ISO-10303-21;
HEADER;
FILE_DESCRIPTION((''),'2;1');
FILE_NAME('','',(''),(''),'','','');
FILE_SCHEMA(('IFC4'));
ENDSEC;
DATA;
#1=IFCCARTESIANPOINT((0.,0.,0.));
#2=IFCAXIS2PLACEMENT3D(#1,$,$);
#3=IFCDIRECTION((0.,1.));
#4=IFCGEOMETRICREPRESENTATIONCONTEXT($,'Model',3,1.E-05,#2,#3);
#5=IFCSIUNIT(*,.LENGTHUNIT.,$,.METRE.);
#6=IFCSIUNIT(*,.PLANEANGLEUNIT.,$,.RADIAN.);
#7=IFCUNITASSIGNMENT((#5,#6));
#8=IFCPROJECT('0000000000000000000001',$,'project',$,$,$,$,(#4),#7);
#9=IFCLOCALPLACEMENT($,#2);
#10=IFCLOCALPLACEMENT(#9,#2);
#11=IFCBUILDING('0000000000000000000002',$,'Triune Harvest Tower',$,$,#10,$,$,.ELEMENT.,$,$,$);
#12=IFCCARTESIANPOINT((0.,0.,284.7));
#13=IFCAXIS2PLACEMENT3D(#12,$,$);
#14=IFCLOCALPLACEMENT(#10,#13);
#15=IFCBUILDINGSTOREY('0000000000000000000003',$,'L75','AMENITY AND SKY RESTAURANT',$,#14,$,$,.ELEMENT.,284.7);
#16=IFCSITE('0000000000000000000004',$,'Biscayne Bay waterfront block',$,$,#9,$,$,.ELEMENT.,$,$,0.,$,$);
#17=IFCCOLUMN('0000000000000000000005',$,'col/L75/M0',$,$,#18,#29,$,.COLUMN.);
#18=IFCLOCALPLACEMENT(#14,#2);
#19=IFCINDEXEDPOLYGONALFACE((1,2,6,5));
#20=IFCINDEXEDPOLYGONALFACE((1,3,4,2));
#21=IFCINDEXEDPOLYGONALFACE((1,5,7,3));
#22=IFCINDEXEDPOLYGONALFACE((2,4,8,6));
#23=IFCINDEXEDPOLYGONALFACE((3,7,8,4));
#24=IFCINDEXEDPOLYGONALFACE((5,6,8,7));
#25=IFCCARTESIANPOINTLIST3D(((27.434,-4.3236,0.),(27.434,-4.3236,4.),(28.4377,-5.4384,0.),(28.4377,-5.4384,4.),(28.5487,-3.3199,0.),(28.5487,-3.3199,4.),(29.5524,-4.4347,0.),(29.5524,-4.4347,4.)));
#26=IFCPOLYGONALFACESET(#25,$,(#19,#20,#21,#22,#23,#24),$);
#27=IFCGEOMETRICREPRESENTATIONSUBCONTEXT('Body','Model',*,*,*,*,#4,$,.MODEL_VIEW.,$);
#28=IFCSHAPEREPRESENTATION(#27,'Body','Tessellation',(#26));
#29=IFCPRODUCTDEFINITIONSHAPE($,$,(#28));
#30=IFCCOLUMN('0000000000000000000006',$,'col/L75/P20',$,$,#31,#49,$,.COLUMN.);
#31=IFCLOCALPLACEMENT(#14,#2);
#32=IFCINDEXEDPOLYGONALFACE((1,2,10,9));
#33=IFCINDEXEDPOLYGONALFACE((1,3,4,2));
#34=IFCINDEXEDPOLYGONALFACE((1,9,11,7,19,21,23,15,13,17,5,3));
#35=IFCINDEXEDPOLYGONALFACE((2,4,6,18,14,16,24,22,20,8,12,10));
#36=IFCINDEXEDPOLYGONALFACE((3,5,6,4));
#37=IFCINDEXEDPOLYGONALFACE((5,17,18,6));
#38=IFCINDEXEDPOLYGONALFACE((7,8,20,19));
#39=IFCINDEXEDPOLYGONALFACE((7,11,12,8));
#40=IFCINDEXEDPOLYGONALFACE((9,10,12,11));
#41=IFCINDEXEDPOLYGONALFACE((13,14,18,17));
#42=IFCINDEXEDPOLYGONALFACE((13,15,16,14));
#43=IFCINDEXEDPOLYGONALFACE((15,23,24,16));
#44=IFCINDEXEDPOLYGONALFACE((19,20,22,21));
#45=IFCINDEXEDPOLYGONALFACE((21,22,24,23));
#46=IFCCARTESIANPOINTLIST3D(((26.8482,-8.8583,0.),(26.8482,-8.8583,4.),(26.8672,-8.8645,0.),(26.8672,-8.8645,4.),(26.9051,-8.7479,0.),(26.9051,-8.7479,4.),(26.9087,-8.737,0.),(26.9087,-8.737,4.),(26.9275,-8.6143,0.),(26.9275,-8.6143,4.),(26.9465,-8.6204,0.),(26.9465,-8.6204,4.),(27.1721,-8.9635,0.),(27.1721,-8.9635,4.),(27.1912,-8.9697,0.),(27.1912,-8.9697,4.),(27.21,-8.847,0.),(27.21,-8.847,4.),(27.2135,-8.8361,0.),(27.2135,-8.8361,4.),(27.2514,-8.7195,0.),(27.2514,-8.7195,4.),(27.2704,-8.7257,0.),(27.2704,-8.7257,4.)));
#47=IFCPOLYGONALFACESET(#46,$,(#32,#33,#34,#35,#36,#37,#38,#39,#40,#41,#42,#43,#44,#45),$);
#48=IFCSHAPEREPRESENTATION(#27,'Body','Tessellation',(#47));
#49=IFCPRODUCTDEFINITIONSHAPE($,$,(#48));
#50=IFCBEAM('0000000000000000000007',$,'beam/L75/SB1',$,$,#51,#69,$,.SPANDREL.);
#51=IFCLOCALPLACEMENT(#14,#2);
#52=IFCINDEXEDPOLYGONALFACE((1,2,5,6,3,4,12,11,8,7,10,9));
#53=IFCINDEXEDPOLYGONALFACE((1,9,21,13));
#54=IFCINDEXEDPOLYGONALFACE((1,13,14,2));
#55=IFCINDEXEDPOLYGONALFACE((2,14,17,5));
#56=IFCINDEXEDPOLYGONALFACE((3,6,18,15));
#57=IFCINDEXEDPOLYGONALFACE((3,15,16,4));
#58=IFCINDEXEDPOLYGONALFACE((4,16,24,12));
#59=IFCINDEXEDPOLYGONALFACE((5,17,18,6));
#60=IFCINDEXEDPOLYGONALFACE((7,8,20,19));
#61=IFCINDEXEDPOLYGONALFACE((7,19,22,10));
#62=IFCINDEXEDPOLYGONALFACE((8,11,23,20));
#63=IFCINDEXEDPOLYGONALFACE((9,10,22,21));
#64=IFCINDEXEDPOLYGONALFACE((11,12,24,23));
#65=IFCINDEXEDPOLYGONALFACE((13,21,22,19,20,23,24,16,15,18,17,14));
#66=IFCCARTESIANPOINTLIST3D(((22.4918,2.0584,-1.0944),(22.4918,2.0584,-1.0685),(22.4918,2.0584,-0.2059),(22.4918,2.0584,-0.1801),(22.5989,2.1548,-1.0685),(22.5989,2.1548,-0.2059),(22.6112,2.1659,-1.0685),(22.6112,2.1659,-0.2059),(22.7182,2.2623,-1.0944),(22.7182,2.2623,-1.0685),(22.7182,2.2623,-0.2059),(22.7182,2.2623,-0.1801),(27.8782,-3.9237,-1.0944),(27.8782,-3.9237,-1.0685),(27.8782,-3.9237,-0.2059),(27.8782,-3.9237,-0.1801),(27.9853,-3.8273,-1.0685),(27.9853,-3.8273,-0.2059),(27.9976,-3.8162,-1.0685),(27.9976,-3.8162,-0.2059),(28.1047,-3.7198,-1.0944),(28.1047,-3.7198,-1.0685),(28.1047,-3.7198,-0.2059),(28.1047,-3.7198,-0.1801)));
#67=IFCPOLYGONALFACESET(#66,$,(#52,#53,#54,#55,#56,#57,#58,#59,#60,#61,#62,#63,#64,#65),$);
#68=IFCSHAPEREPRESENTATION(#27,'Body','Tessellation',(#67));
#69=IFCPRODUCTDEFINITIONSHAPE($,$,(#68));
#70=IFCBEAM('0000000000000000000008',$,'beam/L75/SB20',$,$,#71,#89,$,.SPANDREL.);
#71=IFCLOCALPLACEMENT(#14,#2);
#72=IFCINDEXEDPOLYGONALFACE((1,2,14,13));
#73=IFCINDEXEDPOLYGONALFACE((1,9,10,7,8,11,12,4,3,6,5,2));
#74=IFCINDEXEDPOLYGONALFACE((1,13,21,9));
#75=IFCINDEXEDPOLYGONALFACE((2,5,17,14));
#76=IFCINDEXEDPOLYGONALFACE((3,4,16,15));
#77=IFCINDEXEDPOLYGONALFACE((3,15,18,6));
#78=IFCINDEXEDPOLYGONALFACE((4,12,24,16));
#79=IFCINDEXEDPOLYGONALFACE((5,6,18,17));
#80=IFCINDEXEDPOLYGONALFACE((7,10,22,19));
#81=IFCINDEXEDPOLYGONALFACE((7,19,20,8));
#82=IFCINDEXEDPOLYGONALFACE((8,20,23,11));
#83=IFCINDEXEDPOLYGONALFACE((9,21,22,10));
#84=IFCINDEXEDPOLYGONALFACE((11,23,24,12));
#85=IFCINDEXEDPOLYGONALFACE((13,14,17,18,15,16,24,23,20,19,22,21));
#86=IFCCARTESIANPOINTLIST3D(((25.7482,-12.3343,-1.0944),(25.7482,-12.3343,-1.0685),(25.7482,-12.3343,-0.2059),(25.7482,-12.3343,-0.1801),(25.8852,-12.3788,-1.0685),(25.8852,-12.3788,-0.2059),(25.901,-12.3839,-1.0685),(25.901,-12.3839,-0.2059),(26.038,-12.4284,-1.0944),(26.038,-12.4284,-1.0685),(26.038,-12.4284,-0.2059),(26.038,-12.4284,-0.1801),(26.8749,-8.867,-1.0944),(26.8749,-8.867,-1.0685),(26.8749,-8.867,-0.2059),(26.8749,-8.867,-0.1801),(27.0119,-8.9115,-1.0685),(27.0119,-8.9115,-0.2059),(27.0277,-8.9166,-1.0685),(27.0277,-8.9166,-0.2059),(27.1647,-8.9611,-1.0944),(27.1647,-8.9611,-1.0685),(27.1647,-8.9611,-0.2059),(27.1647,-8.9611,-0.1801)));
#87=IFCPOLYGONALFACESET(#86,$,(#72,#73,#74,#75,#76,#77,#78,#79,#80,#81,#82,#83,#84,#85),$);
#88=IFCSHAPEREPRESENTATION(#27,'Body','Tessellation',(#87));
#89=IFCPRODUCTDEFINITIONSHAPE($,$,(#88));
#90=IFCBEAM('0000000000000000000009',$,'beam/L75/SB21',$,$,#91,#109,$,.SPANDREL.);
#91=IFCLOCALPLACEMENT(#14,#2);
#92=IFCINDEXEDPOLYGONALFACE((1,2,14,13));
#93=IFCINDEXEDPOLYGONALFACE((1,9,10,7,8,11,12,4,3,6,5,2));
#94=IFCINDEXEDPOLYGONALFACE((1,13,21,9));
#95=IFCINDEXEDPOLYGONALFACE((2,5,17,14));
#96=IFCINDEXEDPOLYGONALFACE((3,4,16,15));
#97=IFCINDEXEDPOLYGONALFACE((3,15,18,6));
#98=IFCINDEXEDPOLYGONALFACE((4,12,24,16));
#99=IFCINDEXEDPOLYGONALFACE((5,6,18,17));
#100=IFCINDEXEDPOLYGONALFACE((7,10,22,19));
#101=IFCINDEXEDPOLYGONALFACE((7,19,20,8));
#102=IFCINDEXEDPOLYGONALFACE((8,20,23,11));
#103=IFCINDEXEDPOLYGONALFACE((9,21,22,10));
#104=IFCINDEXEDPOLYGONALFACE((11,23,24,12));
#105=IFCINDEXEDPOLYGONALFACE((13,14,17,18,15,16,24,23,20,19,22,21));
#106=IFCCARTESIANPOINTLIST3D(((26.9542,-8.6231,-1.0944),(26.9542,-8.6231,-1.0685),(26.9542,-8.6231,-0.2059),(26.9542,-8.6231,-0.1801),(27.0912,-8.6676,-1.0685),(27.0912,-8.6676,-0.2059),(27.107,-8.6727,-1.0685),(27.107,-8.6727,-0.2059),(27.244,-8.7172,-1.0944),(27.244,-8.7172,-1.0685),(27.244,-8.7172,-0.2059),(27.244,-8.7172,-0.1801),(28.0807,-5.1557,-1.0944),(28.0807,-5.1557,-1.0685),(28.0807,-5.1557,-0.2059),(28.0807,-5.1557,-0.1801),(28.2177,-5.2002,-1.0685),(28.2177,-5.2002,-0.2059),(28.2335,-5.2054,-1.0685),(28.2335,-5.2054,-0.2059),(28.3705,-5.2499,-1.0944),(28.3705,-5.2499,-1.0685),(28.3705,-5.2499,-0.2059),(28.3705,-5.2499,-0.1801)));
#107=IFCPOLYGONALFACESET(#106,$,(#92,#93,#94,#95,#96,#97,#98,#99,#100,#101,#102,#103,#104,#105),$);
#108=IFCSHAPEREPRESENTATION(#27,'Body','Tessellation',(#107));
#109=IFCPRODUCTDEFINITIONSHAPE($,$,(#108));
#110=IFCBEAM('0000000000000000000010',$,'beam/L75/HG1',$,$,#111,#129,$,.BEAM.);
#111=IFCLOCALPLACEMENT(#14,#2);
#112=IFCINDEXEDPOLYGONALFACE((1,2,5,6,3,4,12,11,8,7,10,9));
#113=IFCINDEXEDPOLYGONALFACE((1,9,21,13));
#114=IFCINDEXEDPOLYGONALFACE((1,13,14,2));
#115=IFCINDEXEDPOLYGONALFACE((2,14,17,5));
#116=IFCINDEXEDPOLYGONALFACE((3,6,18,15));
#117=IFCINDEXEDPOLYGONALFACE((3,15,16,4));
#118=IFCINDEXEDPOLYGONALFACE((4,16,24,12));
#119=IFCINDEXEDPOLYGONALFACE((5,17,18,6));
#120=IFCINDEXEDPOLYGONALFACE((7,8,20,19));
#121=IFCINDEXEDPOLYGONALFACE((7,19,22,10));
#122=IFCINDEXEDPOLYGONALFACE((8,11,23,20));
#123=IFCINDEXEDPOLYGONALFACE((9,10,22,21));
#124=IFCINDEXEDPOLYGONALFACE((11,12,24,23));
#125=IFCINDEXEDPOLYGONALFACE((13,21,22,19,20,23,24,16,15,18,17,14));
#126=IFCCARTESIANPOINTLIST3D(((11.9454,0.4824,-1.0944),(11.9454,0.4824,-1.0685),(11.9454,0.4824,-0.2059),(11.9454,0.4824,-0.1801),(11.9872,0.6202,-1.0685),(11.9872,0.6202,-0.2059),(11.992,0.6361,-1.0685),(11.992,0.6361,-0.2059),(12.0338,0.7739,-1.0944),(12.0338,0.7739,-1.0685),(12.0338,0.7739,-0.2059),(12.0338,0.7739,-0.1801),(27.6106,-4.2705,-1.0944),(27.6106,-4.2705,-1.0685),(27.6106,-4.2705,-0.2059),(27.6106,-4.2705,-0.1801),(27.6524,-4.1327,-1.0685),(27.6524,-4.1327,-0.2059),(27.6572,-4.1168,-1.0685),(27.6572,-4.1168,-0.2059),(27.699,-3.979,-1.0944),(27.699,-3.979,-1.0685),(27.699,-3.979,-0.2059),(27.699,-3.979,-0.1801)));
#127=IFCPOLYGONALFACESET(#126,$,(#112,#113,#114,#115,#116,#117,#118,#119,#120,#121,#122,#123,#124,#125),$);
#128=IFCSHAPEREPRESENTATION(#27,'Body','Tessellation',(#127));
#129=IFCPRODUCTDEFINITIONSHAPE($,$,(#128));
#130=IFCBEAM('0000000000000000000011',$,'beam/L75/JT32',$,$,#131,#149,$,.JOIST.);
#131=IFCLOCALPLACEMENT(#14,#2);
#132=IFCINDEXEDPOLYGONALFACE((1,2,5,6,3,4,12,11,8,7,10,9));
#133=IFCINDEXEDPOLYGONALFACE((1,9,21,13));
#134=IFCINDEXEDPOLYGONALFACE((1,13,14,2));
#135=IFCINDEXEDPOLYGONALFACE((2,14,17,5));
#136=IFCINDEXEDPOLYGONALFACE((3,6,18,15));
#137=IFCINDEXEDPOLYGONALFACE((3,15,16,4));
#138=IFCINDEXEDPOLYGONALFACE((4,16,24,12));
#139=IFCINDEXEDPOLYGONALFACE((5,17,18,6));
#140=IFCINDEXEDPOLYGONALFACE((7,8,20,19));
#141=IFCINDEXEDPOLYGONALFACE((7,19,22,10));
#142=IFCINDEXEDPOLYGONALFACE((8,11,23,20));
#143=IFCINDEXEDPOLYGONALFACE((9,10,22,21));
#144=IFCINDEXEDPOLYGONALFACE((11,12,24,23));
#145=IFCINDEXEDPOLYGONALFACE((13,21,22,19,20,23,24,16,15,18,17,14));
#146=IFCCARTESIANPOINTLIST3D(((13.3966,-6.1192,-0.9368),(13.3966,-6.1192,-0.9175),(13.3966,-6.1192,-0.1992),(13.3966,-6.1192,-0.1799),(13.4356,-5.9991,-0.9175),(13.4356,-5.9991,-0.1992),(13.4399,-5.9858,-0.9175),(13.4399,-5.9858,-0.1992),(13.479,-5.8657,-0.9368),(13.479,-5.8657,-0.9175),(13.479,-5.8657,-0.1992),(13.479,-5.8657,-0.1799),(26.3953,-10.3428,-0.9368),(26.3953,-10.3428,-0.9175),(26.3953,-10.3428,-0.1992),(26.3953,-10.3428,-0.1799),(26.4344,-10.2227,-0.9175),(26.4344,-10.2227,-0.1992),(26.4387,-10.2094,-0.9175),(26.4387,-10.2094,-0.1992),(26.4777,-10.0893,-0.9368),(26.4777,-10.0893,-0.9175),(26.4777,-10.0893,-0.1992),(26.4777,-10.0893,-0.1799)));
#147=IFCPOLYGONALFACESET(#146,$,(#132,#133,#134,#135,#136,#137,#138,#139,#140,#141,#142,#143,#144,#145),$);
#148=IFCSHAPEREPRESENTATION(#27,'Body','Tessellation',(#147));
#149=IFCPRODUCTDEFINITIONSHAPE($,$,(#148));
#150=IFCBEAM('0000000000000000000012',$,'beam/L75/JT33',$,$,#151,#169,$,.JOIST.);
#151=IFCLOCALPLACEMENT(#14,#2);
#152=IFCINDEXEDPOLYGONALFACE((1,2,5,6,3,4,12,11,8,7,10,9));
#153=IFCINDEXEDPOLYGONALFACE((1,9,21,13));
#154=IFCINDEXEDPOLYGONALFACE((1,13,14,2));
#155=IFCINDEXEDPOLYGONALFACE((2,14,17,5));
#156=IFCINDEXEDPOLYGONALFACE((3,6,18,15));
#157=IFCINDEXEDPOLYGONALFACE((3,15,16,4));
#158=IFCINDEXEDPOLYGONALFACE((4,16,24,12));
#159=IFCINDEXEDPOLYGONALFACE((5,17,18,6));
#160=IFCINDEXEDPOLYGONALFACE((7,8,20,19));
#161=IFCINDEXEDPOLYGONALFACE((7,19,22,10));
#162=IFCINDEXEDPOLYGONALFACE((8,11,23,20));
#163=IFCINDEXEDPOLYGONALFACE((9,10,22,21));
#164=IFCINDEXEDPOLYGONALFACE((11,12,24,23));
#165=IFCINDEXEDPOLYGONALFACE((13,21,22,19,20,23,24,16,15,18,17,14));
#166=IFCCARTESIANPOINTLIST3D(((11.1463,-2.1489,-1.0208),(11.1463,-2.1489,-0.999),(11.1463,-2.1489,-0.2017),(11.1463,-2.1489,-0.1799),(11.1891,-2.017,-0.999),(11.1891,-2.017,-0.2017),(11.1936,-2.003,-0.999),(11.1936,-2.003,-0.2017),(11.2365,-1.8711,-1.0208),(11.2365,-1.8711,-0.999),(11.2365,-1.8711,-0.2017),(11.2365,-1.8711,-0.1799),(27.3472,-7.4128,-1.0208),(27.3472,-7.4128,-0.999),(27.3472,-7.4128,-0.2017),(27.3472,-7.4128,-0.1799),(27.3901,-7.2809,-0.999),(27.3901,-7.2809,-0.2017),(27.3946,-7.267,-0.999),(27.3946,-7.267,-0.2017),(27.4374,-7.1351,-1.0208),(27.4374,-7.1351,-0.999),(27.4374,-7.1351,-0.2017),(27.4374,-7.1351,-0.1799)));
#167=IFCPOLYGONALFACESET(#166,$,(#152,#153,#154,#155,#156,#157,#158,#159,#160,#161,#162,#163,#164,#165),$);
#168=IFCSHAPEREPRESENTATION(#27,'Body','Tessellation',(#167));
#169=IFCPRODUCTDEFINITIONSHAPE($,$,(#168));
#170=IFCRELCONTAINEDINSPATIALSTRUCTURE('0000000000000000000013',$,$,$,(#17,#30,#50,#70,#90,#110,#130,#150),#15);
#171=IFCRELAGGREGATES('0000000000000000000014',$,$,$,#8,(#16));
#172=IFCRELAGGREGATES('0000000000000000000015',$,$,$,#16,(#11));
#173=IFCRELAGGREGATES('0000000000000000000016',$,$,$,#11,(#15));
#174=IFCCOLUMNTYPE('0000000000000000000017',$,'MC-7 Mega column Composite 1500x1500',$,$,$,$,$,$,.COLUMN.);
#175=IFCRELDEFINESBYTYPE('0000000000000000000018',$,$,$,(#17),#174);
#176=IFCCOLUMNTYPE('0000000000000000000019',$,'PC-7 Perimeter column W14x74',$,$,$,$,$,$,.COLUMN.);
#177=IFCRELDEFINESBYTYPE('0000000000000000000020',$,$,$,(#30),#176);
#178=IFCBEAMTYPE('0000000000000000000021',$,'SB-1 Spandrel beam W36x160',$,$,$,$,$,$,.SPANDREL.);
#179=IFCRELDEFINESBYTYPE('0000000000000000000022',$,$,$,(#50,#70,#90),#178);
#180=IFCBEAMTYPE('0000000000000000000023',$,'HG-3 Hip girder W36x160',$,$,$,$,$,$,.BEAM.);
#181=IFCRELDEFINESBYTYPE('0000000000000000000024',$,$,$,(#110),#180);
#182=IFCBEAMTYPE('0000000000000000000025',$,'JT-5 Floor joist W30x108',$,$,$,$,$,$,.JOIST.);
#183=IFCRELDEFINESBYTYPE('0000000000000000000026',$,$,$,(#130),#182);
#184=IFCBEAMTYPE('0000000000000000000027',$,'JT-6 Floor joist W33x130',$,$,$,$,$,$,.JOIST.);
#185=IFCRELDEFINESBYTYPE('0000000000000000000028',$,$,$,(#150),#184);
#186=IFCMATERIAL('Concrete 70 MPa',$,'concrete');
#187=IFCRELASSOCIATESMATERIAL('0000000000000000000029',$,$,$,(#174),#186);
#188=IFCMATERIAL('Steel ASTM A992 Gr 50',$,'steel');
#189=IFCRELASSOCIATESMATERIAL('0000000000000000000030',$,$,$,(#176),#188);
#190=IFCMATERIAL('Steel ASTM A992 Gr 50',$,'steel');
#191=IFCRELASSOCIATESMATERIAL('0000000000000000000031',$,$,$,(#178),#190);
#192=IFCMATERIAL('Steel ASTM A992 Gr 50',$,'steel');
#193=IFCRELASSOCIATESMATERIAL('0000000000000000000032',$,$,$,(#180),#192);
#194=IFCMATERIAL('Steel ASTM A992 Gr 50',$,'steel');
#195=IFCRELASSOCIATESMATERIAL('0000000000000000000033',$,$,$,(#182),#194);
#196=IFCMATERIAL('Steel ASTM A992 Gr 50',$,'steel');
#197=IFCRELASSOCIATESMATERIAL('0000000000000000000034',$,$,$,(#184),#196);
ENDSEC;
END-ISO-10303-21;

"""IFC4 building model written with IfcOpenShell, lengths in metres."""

from ifc_helpers import new_model, si_unit, direction, frame, origin, origin_2d, place, context, subcontext, project, spatial, rectangle, i_section, extrude, source, transform, mapped, material, material_profile, profile_set, type_object, element, save


model = new_model("IFC4")

# Units and contexts
model_context = context("Model", 3, precision=1e-05, world=origin(), true_north=direction((0.0, 1.0)))
body_context = subcontext(model_context, "Body", "Model", "MODEL_VIEW")
ifc_project = project(units=[si_unit("LENGTHUNIT", "METRE"), si_unit("PLANEANGLEUNIT", "RADIAN")], contexts=[model_context])

# Site, building, storey
site_placement = place(None, origin())
site = spatial("IfcSite", under=ifc_project, at=site_placement, Name="Biscayne Bay waterfront block", CompositionType="ELEMENT", RefElevation=0.0)
building_placement = place(site_placement, origin())
building = spatial("IfcBuilding", under=site, at=building_placement, Name="Triune Harvest Tower", CompositionType="ELEMENT")
storey_placement = place(building_placement, frame((0.0, 0.0, 284.7)))
storey = spatial("IfcBuildingStorey", under=building, at=storey_placement, Name="L75", Description="AMENITY AND SKY RESTAURANT", CompositionType="ELEMENT", Elevation=284.7)

# Columns
ifc_material_1 = material(Name="Concrete 70 MPa", Category="concrete")
ifc_material_profile_1 = material_profile(ifc_material_1, rectangle(XDim=1.5, YDim=1.5, at=origin_2d()), Name="Composite 1500x1500")
ifc_profile_set_1 = profile_set([ifc_material_profile_1], Name="Concrete 70 MPa")
column_type_1 = type_object("IfcColumnType", Name="MC-7 Mega column Composite 1500x1500", PredefinedType="COLUMN", material=ifc_profile_set_1)
shared_shape_1 = source(origin(), body_context, "Body", "SweptSolid", [
    extrude(rectangle(XDim=1.5, YDim=1.5, at=origin_2d()), origin(), (0.0, 0.0, 1.0), 4.0),
])
column_1_placement = place(storey_placement, frame((28.4932, -4.3792, 0.0), z_axis=(0.0, 0.0, 1.0), x_axis=(-0.669131, 0.743145, 0.0)))
element("IfcColumn", 1, at=column_1_placement, inside=storey, type_object=column_type_1, Name="col/L75/M0", PredefinedType="COLUMN", context=body_context, shape_type="MappedRepresentation", body=[
    mapped(shared_shape_1, transform((0.0, 0.0, 0.0), scale=1.0)),
])
ifc_material_2 = material(Name="Steel ASTM A992 Gr 50", Category="steel")
ifc_material_profile_2 = material_profile(ifc_material_2, i_section(OverallWidth=0.2566, OverallDepth=0.3606, WebThickness=0.0115, FlangeThickness=0.02, at=origin_2d()), Name="W14x74")
ifc_profile_set_2 = profile_set([ifc_material_profile_2], Name="Steel ASTM A992 Gr 50")
column_type_2 = type_object("IfcColumnType", Name="PC-7 Perimeter column W14x74", PredefinedType="COLUMN", material=ifc_profile_set_2)
shared_shape_2 = source(origin(), body_context, "Body", "SweptSolid", [
    extrude(i_section(OverallWidth=0.2566, OverallDepth=0.3606, WebThickness=0.0115, FlangeThickness=0.02, at=origin_2d()), origin(), (0.0, 0.0, 1.0), 4.0),
])
column_2_placement = place(storey_placement, frame((27.0593, -8.792, 0.0), z_axis=(0.0, 0.0, 1.0), x_axis=(0.309017, 0.951057, 0.0)))
element("IfcColumn", 2, at=column_2_placement, inside=storey, type_object=column_type_2, Name="col/L75/P20", PredefinedType="COLUMN", context=body_context, shape_type="MappedRepresentation", body=[
    mapped(shared_shape_2, transform((0.0, 0.0, 0.0), scale=1.0)),
])

# Beams
ifc_material_3 = material(Name="Steel ASTM A992 Gr 50", Category="steel")
ifc_material_profile_3 = material_profile(ifc_material_3, i_section(OverallWidth=0.3047, OverallDepth=0.9143, WebThickness=0.0166, FlangeThickness=0.0259, at=origin_2d()), Name="W36x160")
ifc_profile_set_3 = profile_set([ifc_material_profile_3], Name="Steel ASTM A992 Gr 50")
beam_type_1 = type_object("IfcBeamType", Name="SB-1 Spandrel beam W36x160", PredefinedType="SPANDREL", material=ifc_profile_set_3)
shared_shape_3 = source(origin(), body_context, "Body", "SweptSolid", [
    extrude(i_section(OverallWidth=0.3047, OverallDepth=0.9143, WebThickness=0.0166, FlangeThickness=0.0259, at=origin_2d()), origin(), (0.0, 0.0, 1.0), 8.0498),
])
beam_1_placement = place(storey_placement, frame((27.9915, -3.8218, -0.6372), z_axis=(-0.669137, 0.743139, 0.0), x_axis=(-0.743139, -0.669137, 0.0)))
element("IfcBeam", 3, at=beam_1_placement, inside=storey, type_object=beam_type_1, Name="beam/L75/SB1", PredefinedType="SPANDREL", context=body_context, shape_type="MappedRepresentation", body=[
    mapped(shared_shape_3, transform((0.0, 0.0, 0.0), scale=1.0)),
])
shared_shape_4 = source(origin(), body_context, "Body", "SweptSolid", [
    extrude(i_section(OverallWidth=0.3047, OverallDepth=0.9143, WebThickness=0.0166, FlangeThickness=0.0259, at=origin_2d()), origin(), (0.0, 0.0, 1.0), 3.6458),
])
for number, where, z_axis, x_axis, name in (
    (4, (25.8931, -12.3813, -0.6372), (0.309047, 0.951047, 0.0), (-0.951047, 0.309047, 0.0), "beam/L75/SB20"),
    (5, (27.0991, -8.6702, -0.6372), (0.308986, 0.951067, 0.0), (-0.951067, 0.308986, 0.0), "beam/L75/SB21"),
):
    element("IfcBeam", number, at=place(storey_placement, frame(where, z_axis=z_axis, x_axis=x_axis)), inside=storey, type_object=beam_type_1, Name=name, PredefinedType="SPANDREL", context=body_context, shape_type="MappedRepresentation", body=[
        mapped(shared_shape_4, transform((0.0, 0.0, 0.0), scale=1.0)),
    ])
ifc_material_4 = material(Name="Steel ASTM A992 Gr 50", Category="steel")
ifc_material_profile_4 = material_profile(ifc_material_4, i_section(OverallWidth=0.3047, OverallDepth=0.9143, WebThickness=0.0166, FlangeThickness=0.0259, at=origin_2d()), Name="W36x160")
ifc_profile_set_4 = profile_set([ifc_material_profile_4], Name="Steel ASTM A992 Gr 50")
beam_type_2 = type_object("IfcBeamType", Name="HG-3 Hip girder W36x160", PredefinedType="BEAM", material=ifc_profile_set_4)
shared_shape_5 = source(origin(), body_context, "Body", "SweptSolid", [
    extrude(i_section(OverallWidth=0.3047, OverallDepth=0.9143, WebThickness=0.0166, FlangeThickness=0.0259, at=origin_2d()), origin(), (0.0, 0.0, 1.0), 16.3704),
])
beam_2_placement = place(storey_placement, frame((27.6548, -4.1248, -0.6372), z_axis=(-0.956925, 0.290336, 0.0), x_axis=(-0.290336, -0.956925, 0.0)))
element("IfcBeam", 6, at=beam_2_placement, inside=storey, type_object=beam_type_2, Name="beam/L75/HG1", PredefinedType="BEAM", context=body_context, shape_type="MappedRepresentation", body=[
    mapped(shared_shape_5, transform((0.0, 0.0, 0.0), scale=1.0)),
])
ifc_material_5 = material(Name="Steel ASTM A992 Gr 50", Category="steel")
ifc_material_profile_5 = material_profile(ifc_material_5, i_section(OverallWidth=0.2666, OverallDepth=0.7568, WebThickness=0.0139, FlangeThickness=0.0193, at=origin_2d()), Name="W30x108")
ifc_profile_set_5 = profile_set([ifc_material_profile_5], Name="Steel ASTM A992 Gr 50")
beam_type_3 = type_object("IfcBeamType", Name="JT-5 Floor joist W30x108", PredefinedType="JOIST", material=ifc_profile_set_5)
shared_shape_6 = source(origin(), body_context, "Body", "SweptSolid", [
    extrude(i_section(OverallWidth=0.2666, OverallDepth=0.7568, WebThickness=0.0139, FlangeThickness=0.0193, at=origin_2d()), origin(), (0.0, 0.0, 1.0), 13.6677),
])
beam_3_placement = place(storey_placement, frame((26.4365, -10.2161, -0.5583), z_axis=(-0.951055, 0.309022, 0.0), x_axis=(-0.309022, -0.951055, 0.0)))
element("IfcBeam", 7, at=beam_3_placement, inside=storey, type_object=beam_type_3, Name="beam/L75/JT32", PredefinedType="JOIST", context=body_context, shape_type="MappedRepresentation", body=[
    mapped(shared_shape_6, transform((0.0, 0.0, 0.0), scale=1.0)),
])
ifc_material_6 = material(Name="Steel ASTM A992 Gr 50", Category="steel")
ifc_material_profile_6 = material_profile(ifc_material_6, i_section(OverallWidth=0.292, OverallDepth=0.8408, WebThickness=0.0146, FlangeThickness=0.0217, at=origin_2d()), Name="W33x130")
ifc_profile_set_6 = profile_set([ifc_material_profile_6], Name="Steel ASTM A992 Gr 50")
beam_type_4 = type_object("IfcBeamType", Name="JT-6 Floor joist W33x130", PredefinedType="JOIST", material=ifc_profile_set_6)
shared_shape_7 = source(origin(), body_context, "Body", "SweptSolid", [
    extrude(i_section(OverallWidth=0.292, OverallDepth=0.8408, WebThickness=0.0146, FlangeThickness=0.0217, at=origin_2d()), origin(), (0.0, 0.0, 1.0), 17.0347),
])
beam_4_placement = place(storey_placement, frame((27.3923, -7.2739, -0.6003), z_axis=(-0.951058, 0.309013, 0.0), x_axis=(-0.309013, -0.951058, 0.0)))
element("IfcBeam", 8, at=beam_4_placement, inside=storey, type_object=beam_type_4, Name="beam/L75/JT33", PredefinedType="JOIST", context=body_context, shape_type="MappedRepresentation", body=[
    mapped(shared_shape_7, transform((0.0, 0.0, 0.0), scale=1.0)),
])

save(model, "model.ifc")
